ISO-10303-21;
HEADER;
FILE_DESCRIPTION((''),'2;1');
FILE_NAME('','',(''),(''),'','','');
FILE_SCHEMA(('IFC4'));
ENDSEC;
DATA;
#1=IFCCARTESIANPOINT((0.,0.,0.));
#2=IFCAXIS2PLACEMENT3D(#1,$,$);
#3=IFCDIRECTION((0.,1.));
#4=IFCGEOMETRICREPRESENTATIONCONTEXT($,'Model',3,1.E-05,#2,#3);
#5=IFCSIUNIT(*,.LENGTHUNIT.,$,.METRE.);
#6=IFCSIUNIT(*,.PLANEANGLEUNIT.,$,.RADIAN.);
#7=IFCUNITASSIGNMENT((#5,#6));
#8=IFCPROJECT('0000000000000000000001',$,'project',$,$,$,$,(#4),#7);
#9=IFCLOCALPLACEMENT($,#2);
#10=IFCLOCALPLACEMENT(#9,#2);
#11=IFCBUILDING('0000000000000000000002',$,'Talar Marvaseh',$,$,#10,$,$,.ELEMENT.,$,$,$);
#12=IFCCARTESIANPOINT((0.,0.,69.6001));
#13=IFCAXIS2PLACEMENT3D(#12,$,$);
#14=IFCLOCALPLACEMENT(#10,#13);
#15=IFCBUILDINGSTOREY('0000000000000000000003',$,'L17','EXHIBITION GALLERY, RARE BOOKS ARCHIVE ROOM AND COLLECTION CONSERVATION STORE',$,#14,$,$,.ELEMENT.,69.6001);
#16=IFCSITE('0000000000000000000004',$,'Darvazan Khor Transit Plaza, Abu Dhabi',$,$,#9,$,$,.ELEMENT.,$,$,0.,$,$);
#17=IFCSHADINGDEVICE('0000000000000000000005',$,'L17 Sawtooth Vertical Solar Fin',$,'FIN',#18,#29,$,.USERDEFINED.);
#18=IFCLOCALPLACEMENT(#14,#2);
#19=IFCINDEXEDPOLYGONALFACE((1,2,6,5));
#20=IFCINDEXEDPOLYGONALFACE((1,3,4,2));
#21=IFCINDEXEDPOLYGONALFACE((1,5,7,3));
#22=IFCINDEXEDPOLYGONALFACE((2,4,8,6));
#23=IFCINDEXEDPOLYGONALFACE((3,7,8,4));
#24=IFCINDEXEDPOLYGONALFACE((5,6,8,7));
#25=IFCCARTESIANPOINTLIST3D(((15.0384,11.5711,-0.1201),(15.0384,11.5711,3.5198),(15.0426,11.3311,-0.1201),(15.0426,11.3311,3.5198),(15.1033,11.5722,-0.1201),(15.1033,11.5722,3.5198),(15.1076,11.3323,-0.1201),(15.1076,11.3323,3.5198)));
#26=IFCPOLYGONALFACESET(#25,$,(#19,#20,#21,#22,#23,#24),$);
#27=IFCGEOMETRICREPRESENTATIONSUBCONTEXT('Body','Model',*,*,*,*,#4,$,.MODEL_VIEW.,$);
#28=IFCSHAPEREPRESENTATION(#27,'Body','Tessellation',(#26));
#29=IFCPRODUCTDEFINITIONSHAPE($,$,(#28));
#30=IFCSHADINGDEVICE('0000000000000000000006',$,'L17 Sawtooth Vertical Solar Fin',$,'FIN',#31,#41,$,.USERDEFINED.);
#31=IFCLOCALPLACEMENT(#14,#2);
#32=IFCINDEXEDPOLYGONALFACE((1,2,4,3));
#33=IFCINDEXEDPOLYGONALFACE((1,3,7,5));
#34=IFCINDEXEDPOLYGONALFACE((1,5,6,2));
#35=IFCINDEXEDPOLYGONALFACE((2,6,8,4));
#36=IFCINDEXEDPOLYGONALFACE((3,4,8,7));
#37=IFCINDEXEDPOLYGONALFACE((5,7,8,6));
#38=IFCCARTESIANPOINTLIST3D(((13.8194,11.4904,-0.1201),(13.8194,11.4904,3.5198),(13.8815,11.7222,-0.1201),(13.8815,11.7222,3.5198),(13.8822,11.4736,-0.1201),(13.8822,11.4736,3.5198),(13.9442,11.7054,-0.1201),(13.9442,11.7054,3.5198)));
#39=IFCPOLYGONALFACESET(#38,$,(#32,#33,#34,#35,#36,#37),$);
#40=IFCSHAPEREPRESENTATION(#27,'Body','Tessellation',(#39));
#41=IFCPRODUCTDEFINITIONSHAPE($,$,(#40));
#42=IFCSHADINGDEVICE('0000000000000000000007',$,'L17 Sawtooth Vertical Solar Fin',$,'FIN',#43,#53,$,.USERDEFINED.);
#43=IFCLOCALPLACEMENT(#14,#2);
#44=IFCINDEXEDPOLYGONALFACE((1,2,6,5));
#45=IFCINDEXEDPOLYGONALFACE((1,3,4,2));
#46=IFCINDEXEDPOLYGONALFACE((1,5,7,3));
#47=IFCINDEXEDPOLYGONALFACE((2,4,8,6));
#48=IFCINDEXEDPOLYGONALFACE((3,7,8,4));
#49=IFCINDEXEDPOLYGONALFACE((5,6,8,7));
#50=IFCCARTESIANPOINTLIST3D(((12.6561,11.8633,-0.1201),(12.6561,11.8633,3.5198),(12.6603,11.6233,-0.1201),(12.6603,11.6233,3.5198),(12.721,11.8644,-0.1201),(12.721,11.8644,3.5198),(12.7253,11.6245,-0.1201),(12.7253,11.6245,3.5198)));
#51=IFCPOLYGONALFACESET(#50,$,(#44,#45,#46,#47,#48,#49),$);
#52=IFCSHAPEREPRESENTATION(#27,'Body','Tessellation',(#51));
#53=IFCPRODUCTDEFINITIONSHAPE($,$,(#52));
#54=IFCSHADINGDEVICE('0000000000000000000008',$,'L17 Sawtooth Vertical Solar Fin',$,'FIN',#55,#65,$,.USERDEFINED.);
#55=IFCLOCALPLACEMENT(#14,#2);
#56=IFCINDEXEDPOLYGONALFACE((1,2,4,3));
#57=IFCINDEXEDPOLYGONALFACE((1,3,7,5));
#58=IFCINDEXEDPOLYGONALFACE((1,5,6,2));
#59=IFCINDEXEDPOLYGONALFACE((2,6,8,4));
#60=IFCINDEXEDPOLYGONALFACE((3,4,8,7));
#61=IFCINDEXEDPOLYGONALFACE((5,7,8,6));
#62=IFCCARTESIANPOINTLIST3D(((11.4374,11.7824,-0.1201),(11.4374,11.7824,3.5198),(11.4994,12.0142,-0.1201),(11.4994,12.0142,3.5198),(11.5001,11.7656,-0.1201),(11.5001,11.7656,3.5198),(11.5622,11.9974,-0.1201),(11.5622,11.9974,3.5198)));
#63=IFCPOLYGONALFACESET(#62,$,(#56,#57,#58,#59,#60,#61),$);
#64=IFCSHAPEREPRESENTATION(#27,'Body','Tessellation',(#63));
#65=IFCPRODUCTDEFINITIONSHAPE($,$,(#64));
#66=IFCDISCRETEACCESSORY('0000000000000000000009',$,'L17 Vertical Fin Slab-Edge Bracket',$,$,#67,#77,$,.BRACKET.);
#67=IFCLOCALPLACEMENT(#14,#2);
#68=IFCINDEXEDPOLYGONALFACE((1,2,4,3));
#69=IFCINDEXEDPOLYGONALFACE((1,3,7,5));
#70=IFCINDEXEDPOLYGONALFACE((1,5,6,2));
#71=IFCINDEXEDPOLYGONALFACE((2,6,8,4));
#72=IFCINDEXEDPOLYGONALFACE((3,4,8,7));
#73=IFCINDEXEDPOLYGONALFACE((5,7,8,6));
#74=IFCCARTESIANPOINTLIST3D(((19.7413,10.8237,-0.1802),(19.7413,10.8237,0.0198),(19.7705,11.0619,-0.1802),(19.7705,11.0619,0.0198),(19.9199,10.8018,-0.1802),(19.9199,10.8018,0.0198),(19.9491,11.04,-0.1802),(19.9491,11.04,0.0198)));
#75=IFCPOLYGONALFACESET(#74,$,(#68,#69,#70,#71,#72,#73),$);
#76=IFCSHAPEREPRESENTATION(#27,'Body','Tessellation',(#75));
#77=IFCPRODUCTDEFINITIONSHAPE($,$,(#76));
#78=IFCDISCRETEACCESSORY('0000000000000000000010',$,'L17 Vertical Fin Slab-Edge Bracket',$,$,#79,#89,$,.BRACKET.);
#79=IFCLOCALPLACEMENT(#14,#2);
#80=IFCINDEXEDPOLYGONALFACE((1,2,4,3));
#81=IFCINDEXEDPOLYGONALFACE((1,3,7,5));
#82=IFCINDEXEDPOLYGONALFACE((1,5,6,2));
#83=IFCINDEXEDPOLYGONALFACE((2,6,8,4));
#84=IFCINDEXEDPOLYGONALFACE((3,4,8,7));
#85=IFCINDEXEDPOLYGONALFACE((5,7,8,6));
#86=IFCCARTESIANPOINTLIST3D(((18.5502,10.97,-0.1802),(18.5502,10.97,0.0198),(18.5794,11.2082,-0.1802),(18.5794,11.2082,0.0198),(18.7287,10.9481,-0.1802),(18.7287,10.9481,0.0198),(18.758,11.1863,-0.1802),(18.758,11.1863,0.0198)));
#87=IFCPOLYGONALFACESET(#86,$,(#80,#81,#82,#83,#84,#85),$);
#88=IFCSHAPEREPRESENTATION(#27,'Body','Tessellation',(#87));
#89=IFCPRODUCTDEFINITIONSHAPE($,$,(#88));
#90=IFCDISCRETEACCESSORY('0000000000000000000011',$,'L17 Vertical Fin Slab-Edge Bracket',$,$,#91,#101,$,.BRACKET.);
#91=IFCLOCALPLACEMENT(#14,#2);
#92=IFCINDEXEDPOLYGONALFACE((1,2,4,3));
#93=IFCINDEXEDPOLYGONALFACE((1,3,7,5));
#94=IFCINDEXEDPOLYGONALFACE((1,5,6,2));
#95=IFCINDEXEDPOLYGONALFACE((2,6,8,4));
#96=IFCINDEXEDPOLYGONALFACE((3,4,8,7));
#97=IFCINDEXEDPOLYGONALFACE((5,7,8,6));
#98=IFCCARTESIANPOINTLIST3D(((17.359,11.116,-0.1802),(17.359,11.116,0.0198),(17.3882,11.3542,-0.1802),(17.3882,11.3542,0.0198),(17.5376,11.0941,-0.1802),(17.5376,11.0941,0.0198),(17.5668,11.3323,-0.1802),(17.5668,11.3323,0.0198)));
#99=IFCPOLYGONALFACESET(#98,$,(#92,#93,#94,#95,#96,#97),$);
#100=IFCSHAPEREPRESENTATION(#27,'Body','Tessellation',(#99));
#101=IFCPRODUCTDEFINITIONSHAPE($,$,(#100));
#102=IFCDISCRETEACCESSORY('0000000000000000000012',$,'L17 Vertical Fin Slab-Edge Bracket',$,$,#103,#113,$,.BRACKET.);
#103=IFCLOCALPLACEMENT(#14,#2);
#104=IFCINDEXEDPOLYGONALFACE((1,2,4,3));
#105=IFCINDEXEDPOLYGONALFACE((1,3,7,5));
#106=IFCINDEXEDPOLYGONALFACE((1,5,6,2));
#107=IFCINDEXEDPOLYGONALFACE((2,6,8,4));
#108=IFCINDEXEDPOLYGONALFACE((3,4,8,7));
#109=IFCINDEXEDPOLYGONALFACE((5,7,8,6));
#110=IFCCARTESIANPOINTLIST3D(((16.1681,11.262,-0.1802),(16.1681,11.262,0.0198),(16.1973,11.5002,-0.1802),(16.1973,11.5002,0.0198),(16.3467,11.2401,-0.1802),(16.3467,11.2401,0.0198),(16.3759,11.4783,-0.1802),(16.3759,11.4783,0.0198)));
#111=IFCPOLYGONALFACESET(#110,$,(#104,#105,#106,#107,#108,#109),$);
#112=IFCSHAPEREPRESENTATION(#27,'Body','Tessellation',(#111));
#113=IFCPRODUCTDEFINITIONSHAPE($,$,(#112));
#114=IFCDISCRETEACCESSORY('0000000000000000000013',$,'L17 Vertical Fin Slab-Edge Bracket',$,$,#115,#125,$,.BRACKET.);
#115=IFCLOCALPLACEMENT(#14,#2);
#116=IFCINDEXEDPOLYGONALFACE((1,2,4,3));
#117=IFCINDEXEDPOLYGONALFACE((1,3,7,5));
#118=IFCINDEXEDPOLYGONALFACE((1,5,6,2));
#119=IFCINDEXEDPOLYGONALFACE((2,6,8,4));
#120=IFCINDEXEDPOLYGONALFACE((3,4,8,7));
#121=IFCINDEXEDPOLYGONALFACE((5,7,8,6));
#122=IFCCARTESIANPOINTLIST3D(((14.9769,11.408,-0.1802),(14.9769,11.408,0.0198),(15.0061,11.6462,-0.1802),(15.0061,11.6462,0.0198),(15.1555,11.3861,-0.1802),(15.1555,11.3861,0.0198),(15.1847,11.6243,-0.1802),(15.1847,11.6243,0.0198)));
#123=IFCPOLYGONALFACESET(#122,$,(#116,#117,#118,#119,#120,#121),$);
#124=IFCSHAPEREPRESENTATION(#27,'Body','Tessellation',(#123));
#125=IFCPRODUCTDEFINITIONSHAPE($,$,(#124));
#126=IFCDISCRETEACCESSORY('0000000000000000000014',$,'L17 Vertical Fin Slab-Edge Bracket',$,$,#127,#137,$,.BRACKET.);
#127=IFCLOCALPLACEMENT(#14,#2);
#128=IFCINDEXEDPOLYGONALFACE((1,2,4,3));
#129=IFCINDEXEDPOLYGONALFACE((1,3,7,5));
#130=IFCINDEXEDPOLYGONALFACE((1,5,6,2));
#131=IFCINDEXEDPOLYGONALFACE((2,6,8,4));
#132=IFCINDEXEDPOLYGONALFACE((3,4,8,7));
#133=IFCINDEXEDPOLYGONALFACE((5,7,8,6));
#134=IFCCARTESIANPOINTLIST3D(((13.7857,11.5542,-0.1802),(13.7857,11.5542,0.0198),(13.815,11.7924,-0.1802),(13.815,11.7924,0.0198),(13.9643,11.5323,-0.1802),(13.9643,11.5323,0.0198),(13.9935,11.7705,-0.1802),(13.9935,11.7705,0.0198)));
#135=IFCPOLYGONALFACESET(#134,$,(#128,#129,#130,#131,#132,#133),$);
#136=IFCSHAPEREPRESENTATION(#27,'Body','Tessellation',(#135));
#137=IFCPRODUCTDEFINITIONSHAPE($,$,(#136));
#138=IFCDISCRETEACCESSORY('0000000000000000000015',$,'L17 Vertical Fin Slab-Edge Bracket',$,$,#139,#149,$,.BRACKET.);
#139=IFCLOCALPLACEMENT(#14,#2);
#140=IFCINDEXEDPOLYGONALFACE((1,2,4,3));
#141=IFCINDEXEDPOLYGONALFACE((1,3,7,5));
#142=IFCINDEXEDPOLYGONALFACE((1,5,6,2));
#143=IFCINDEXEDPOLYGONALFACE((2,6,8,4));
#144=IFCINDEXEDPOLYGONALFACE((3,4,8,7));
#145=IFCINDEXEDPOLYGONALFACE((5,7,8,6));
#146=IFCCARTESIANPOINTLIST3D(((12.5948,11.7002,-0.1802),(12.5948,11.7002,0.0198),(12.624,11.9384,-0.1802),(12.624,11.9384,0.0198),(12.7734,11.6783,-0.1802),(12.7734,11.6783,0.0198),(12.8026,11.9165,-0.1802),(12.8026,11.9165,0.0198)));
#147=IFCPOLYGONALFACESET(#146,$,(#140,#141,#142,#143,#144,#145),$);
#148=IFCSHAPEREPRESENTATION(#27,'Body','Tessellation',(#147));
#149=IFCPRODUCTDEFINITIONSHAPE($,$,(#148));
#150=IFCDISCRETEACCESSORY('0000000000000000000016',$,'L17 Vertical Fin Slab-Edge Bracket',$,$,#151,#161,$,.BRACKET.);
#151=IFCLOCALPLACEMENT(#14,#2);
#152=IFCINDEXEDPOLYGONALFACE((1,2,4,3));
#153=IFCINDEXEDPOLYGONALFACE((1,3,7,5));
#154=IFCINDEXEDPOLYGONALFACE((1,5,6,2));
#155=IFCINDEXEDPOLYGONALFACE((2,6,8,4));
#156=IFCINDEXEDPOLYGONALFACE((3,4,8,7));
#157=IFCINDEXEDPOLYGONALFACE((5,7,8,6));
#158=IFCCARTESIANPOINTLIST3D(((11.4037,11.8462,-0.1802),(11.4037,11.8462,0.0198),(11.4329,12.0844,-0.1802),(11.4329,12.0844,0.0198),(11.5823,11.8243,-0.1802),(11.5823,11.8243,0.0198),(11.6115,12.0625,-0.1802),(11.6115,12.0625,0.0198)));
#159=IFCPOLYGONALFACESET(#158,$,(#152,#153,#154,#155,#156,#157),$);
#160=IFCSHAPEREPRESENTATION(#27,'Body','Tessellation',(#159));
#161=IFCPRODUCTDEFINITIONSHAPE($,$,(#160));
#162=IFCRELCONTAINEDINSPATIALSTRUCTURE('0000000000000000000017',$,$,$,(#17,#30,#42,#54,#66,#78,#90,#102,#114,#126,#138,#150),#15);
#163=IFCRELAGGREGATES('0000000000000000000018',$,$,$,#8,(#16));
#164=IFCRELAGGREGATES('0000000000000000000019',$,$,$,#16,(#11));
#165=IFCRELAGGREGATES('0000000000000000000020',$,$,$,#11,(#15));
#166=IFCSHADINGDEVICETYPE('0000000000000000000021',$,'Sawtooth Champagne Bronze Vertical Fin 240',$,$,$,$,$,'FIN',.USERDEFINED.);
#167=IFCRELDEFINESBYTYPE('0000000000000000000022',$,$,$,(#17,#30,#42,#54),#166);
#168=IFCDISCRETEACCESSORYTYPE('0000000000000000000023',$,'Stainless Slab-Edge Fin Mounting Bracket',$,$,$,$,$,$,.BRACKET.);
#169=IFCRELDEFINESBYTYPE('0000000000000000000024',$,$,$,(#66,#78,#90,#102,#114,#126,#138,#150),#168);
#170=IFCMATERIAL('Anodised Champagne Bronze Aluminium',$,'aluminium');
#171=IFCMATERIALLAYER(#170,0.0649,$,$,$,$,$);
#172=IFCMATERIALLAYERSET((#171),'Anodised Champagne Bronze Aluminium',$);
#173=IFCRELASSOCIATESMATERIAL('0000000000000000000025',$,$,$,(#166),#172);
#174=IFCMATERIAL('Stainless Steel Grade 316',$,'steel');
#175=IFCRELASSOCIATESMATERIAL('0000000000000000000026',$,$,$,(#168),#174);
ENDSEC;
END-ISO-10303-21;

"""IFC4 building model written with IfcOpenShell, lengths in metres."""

from ifc_helpers import new_model, si_unit, direction, frame, origin, origin_2d, place, context, subcontext, project, spatial, rectangle, extrude, source, transform, mapped, material, layer, layer_set, type_object, type_shapes, element, save


model = new_model("IFC4")

# Units and contexts
model_context = context("Model", 3, precision=1e-05, world=origin(), true_north=direction((0.0, 1.0)))
body_context = subcontext(model_context, "Body", "Model", "MODEL_VIEW")
ifc_project = project(units=[si_unit("LENGTHUNIT", "METRE"), si_unit("PLANEANGLEUNIT", "RADIAN")], contexts=[model_context])

# Site, building, storey
site_placement = place(None, origin())
site = spatial("IfcSite", under=ifc_project, at=site_placement, Name="Darvazan Khor Transit Plaza, Abu Dhabi", CompositionType="ELEMENT", RefElevation=0.0)
building_placement = place(site_placement, origin())
building = spatial("IfcBuilding", under=site, at=building_placement, Name="Talar Marvaseh", CompositionType="ELEMENT")
storey_placement = place(building_placement, frame((0.0, 0.0, 69.6001)))
storey = spatial("IfcBuildingStorey", under=building, at=storey_placement, Name="L17", Description="EXHIBITION GALLERY, RARE BOOKS ARCHIVE ROOM AND COLLECTION CONSERVATION STORE", CompositionType="ELEMENT", Elevation=69.6001)

# Shading devices
ifc_material_1 = material(Name="Anodised Champagne Bronze Aluminium", Category="aluminium")
ifc_layer_1 = layer(ifc_material_1, 0.0649)
ifc_layer_set_1 = layer_set([ifc_layer_1], Name="Anodised Champagne Bronze Aluminium")
shading_device_type = type_object("IfcShadingDeviceType", Name="Sawtooth Champagne Bronze Vertical Fin 240", ElementType="FIN", PredefinedType="USERDEFINED", material=ifc_layer_set_1)
shared_shape_1 = source(origin(), body_context, "Body", "SweptSolid", [
    extrude(rectangle(XDim=0.24, YDim=0.0649, at=origin_2d()), origin(), (0.0, 0.0, 1.0), 3.6399),
])
type_shapes(shading_device_type, [shared_shape_1])
for number, where, z_axis, x_axis, name in (
    (1, (15.073, 11.4517, -0.1201), (0.0, 0.0, 1.0), (0.017627, -0.999845, 0.0), "L17 Sawtooth Vertical Solar Fin"),
    (2, (13.8818, 11.5979, -0.1201), (0.0, 0.0, 1.0), (-0.25865, -0.965971, 0.0), "L17 Sawtooth Vertical Solar Fin"),
    (3, (12.6907, 11.7439, -0.1201), (0.0, 0.0, 1.0), (0.017627, -0.999845, 0.0), "L17 Sawtooth Vertical Solar Fin"),
    (4, (11.4998, 11.8899, -0.1201), (0.0, 0.0, 1.0), (-0.25865, -0.965971, 0.0), "L17 Sawtooth Vertical Solar Fin"),
):
    element("IfcShadingDevice", number, at=place(storey_placement, frame(where, z_axis=z_axis, x_axis=x_axis)), inside=storey, type_object=shading_device_type, Name=name, ObjectType="FIN", PredefinedType="USERDEFINED", context=body_context, shape_type="MappedRepresentation", body=[
        mapped(shared_shape_1, transform((0.0, 0.0, 0.0), x_axis=(1.0, 0.0, 0.0), y_axis=(0.0, 1.0, 0.0), z_axis=(0.0, 0.0, 1.0), scale=1.0)),
    ])

# Discrete accessories
ifc_material_2 = material(Name="Stainless Steel Grade 316", Category="steel")
discrete_accessory_type = type_object("IfcDiscreteAccessoryType", Name="Stainless Slab-Edge Fin Mounting Bracket", PredefinedType="BRACKET", material=ifc_material_2)
shared_shape_2 = source(origin(), body_context, "Body", "SweptSolid", [
    extrude(rectangle(XDim=0.24, YDim=0.1799, at=origin_2d()), origin(), (0.0, 0.0, 1.0), 0.2),
])
type_shapes(discrete_accessory_type, [shared_shape_2])
for number, where, z_axis, x_axis, name in (
    (5, (19.8452, 10.9319, -0.1802), (0.0, 0.0, 1.0), (-0.121696, -0.992567, 0.0), "L17 Vertical Fin Slab-Edge Bracket"),
    (6, (18.6541, 11.0781, -0.1802), (0.0, 0.0, 1.0), (-0.121696, -0.992567, 0.0), "L17 Vertical Fin Slab-Edge Bracket"),
    (7, (17.4629, 11.2241, -0.1802), (0.0, 0.0, 1.0), (-0.121696, -0.992567, 0.0), "L17 Vertical Fin Slab-Edge Bracket"),
    (8, (16.272, 11.3701, -0.1802), (0.0, 0.0, 1.0), (-0.121696, -0.992567, 0.0), "L17 Vertical Fin Slab-Edge Bracket"),
    (9, (15.0808, 11.5161, -0.1802), (0.0, 0.0, 1.0), (-0.121696, -0.992567, 0.0), "L17 Vertical Fin Slab-Edge Bracket"),
    (10, (13.8896, 11.6624, -0.1802), (0.0, 0.0, 1.0), (-0.121696, -0.992567, 0.0), "L17 Vertical Fin Slab-Edge Bracket"),
    (11, (12.6987, 11.8083, -0.1802), (0.0, 0.0, 1.0), (-0.121696, -0.992567, 0.0), "L17 Vertical Fin Slab-Edge Bracket"),
    (12, (11.5076, 11.9543, -0.1802), (0.0, 0.0, 1.0), (-0.121696, -0.992567, 0.0), "L17 Vertical Fin Slab-Edge Bracket"),
):
    element("IfcDiscreteAccessory", number, at=place(storey_placement, frame(where, z_axis=z_axis, x_axis=x_axis)), inside=storey, type_object=discrete_accessory_type, Name=name, PredefinedType="BRACKET", context=body_context, shape_type="MappedRepresentation", body=[
        mapped(shared_shape_2, transform((0.0, 0.0, 0.0), x_axis=(1.0, 0.0, 0.0), y_axis=(0.0, 1.0, 0.0), z_axis=(0.0, 0.0, 1.0), scale=1.0)),
    ])

save(model, "model.ifc")
